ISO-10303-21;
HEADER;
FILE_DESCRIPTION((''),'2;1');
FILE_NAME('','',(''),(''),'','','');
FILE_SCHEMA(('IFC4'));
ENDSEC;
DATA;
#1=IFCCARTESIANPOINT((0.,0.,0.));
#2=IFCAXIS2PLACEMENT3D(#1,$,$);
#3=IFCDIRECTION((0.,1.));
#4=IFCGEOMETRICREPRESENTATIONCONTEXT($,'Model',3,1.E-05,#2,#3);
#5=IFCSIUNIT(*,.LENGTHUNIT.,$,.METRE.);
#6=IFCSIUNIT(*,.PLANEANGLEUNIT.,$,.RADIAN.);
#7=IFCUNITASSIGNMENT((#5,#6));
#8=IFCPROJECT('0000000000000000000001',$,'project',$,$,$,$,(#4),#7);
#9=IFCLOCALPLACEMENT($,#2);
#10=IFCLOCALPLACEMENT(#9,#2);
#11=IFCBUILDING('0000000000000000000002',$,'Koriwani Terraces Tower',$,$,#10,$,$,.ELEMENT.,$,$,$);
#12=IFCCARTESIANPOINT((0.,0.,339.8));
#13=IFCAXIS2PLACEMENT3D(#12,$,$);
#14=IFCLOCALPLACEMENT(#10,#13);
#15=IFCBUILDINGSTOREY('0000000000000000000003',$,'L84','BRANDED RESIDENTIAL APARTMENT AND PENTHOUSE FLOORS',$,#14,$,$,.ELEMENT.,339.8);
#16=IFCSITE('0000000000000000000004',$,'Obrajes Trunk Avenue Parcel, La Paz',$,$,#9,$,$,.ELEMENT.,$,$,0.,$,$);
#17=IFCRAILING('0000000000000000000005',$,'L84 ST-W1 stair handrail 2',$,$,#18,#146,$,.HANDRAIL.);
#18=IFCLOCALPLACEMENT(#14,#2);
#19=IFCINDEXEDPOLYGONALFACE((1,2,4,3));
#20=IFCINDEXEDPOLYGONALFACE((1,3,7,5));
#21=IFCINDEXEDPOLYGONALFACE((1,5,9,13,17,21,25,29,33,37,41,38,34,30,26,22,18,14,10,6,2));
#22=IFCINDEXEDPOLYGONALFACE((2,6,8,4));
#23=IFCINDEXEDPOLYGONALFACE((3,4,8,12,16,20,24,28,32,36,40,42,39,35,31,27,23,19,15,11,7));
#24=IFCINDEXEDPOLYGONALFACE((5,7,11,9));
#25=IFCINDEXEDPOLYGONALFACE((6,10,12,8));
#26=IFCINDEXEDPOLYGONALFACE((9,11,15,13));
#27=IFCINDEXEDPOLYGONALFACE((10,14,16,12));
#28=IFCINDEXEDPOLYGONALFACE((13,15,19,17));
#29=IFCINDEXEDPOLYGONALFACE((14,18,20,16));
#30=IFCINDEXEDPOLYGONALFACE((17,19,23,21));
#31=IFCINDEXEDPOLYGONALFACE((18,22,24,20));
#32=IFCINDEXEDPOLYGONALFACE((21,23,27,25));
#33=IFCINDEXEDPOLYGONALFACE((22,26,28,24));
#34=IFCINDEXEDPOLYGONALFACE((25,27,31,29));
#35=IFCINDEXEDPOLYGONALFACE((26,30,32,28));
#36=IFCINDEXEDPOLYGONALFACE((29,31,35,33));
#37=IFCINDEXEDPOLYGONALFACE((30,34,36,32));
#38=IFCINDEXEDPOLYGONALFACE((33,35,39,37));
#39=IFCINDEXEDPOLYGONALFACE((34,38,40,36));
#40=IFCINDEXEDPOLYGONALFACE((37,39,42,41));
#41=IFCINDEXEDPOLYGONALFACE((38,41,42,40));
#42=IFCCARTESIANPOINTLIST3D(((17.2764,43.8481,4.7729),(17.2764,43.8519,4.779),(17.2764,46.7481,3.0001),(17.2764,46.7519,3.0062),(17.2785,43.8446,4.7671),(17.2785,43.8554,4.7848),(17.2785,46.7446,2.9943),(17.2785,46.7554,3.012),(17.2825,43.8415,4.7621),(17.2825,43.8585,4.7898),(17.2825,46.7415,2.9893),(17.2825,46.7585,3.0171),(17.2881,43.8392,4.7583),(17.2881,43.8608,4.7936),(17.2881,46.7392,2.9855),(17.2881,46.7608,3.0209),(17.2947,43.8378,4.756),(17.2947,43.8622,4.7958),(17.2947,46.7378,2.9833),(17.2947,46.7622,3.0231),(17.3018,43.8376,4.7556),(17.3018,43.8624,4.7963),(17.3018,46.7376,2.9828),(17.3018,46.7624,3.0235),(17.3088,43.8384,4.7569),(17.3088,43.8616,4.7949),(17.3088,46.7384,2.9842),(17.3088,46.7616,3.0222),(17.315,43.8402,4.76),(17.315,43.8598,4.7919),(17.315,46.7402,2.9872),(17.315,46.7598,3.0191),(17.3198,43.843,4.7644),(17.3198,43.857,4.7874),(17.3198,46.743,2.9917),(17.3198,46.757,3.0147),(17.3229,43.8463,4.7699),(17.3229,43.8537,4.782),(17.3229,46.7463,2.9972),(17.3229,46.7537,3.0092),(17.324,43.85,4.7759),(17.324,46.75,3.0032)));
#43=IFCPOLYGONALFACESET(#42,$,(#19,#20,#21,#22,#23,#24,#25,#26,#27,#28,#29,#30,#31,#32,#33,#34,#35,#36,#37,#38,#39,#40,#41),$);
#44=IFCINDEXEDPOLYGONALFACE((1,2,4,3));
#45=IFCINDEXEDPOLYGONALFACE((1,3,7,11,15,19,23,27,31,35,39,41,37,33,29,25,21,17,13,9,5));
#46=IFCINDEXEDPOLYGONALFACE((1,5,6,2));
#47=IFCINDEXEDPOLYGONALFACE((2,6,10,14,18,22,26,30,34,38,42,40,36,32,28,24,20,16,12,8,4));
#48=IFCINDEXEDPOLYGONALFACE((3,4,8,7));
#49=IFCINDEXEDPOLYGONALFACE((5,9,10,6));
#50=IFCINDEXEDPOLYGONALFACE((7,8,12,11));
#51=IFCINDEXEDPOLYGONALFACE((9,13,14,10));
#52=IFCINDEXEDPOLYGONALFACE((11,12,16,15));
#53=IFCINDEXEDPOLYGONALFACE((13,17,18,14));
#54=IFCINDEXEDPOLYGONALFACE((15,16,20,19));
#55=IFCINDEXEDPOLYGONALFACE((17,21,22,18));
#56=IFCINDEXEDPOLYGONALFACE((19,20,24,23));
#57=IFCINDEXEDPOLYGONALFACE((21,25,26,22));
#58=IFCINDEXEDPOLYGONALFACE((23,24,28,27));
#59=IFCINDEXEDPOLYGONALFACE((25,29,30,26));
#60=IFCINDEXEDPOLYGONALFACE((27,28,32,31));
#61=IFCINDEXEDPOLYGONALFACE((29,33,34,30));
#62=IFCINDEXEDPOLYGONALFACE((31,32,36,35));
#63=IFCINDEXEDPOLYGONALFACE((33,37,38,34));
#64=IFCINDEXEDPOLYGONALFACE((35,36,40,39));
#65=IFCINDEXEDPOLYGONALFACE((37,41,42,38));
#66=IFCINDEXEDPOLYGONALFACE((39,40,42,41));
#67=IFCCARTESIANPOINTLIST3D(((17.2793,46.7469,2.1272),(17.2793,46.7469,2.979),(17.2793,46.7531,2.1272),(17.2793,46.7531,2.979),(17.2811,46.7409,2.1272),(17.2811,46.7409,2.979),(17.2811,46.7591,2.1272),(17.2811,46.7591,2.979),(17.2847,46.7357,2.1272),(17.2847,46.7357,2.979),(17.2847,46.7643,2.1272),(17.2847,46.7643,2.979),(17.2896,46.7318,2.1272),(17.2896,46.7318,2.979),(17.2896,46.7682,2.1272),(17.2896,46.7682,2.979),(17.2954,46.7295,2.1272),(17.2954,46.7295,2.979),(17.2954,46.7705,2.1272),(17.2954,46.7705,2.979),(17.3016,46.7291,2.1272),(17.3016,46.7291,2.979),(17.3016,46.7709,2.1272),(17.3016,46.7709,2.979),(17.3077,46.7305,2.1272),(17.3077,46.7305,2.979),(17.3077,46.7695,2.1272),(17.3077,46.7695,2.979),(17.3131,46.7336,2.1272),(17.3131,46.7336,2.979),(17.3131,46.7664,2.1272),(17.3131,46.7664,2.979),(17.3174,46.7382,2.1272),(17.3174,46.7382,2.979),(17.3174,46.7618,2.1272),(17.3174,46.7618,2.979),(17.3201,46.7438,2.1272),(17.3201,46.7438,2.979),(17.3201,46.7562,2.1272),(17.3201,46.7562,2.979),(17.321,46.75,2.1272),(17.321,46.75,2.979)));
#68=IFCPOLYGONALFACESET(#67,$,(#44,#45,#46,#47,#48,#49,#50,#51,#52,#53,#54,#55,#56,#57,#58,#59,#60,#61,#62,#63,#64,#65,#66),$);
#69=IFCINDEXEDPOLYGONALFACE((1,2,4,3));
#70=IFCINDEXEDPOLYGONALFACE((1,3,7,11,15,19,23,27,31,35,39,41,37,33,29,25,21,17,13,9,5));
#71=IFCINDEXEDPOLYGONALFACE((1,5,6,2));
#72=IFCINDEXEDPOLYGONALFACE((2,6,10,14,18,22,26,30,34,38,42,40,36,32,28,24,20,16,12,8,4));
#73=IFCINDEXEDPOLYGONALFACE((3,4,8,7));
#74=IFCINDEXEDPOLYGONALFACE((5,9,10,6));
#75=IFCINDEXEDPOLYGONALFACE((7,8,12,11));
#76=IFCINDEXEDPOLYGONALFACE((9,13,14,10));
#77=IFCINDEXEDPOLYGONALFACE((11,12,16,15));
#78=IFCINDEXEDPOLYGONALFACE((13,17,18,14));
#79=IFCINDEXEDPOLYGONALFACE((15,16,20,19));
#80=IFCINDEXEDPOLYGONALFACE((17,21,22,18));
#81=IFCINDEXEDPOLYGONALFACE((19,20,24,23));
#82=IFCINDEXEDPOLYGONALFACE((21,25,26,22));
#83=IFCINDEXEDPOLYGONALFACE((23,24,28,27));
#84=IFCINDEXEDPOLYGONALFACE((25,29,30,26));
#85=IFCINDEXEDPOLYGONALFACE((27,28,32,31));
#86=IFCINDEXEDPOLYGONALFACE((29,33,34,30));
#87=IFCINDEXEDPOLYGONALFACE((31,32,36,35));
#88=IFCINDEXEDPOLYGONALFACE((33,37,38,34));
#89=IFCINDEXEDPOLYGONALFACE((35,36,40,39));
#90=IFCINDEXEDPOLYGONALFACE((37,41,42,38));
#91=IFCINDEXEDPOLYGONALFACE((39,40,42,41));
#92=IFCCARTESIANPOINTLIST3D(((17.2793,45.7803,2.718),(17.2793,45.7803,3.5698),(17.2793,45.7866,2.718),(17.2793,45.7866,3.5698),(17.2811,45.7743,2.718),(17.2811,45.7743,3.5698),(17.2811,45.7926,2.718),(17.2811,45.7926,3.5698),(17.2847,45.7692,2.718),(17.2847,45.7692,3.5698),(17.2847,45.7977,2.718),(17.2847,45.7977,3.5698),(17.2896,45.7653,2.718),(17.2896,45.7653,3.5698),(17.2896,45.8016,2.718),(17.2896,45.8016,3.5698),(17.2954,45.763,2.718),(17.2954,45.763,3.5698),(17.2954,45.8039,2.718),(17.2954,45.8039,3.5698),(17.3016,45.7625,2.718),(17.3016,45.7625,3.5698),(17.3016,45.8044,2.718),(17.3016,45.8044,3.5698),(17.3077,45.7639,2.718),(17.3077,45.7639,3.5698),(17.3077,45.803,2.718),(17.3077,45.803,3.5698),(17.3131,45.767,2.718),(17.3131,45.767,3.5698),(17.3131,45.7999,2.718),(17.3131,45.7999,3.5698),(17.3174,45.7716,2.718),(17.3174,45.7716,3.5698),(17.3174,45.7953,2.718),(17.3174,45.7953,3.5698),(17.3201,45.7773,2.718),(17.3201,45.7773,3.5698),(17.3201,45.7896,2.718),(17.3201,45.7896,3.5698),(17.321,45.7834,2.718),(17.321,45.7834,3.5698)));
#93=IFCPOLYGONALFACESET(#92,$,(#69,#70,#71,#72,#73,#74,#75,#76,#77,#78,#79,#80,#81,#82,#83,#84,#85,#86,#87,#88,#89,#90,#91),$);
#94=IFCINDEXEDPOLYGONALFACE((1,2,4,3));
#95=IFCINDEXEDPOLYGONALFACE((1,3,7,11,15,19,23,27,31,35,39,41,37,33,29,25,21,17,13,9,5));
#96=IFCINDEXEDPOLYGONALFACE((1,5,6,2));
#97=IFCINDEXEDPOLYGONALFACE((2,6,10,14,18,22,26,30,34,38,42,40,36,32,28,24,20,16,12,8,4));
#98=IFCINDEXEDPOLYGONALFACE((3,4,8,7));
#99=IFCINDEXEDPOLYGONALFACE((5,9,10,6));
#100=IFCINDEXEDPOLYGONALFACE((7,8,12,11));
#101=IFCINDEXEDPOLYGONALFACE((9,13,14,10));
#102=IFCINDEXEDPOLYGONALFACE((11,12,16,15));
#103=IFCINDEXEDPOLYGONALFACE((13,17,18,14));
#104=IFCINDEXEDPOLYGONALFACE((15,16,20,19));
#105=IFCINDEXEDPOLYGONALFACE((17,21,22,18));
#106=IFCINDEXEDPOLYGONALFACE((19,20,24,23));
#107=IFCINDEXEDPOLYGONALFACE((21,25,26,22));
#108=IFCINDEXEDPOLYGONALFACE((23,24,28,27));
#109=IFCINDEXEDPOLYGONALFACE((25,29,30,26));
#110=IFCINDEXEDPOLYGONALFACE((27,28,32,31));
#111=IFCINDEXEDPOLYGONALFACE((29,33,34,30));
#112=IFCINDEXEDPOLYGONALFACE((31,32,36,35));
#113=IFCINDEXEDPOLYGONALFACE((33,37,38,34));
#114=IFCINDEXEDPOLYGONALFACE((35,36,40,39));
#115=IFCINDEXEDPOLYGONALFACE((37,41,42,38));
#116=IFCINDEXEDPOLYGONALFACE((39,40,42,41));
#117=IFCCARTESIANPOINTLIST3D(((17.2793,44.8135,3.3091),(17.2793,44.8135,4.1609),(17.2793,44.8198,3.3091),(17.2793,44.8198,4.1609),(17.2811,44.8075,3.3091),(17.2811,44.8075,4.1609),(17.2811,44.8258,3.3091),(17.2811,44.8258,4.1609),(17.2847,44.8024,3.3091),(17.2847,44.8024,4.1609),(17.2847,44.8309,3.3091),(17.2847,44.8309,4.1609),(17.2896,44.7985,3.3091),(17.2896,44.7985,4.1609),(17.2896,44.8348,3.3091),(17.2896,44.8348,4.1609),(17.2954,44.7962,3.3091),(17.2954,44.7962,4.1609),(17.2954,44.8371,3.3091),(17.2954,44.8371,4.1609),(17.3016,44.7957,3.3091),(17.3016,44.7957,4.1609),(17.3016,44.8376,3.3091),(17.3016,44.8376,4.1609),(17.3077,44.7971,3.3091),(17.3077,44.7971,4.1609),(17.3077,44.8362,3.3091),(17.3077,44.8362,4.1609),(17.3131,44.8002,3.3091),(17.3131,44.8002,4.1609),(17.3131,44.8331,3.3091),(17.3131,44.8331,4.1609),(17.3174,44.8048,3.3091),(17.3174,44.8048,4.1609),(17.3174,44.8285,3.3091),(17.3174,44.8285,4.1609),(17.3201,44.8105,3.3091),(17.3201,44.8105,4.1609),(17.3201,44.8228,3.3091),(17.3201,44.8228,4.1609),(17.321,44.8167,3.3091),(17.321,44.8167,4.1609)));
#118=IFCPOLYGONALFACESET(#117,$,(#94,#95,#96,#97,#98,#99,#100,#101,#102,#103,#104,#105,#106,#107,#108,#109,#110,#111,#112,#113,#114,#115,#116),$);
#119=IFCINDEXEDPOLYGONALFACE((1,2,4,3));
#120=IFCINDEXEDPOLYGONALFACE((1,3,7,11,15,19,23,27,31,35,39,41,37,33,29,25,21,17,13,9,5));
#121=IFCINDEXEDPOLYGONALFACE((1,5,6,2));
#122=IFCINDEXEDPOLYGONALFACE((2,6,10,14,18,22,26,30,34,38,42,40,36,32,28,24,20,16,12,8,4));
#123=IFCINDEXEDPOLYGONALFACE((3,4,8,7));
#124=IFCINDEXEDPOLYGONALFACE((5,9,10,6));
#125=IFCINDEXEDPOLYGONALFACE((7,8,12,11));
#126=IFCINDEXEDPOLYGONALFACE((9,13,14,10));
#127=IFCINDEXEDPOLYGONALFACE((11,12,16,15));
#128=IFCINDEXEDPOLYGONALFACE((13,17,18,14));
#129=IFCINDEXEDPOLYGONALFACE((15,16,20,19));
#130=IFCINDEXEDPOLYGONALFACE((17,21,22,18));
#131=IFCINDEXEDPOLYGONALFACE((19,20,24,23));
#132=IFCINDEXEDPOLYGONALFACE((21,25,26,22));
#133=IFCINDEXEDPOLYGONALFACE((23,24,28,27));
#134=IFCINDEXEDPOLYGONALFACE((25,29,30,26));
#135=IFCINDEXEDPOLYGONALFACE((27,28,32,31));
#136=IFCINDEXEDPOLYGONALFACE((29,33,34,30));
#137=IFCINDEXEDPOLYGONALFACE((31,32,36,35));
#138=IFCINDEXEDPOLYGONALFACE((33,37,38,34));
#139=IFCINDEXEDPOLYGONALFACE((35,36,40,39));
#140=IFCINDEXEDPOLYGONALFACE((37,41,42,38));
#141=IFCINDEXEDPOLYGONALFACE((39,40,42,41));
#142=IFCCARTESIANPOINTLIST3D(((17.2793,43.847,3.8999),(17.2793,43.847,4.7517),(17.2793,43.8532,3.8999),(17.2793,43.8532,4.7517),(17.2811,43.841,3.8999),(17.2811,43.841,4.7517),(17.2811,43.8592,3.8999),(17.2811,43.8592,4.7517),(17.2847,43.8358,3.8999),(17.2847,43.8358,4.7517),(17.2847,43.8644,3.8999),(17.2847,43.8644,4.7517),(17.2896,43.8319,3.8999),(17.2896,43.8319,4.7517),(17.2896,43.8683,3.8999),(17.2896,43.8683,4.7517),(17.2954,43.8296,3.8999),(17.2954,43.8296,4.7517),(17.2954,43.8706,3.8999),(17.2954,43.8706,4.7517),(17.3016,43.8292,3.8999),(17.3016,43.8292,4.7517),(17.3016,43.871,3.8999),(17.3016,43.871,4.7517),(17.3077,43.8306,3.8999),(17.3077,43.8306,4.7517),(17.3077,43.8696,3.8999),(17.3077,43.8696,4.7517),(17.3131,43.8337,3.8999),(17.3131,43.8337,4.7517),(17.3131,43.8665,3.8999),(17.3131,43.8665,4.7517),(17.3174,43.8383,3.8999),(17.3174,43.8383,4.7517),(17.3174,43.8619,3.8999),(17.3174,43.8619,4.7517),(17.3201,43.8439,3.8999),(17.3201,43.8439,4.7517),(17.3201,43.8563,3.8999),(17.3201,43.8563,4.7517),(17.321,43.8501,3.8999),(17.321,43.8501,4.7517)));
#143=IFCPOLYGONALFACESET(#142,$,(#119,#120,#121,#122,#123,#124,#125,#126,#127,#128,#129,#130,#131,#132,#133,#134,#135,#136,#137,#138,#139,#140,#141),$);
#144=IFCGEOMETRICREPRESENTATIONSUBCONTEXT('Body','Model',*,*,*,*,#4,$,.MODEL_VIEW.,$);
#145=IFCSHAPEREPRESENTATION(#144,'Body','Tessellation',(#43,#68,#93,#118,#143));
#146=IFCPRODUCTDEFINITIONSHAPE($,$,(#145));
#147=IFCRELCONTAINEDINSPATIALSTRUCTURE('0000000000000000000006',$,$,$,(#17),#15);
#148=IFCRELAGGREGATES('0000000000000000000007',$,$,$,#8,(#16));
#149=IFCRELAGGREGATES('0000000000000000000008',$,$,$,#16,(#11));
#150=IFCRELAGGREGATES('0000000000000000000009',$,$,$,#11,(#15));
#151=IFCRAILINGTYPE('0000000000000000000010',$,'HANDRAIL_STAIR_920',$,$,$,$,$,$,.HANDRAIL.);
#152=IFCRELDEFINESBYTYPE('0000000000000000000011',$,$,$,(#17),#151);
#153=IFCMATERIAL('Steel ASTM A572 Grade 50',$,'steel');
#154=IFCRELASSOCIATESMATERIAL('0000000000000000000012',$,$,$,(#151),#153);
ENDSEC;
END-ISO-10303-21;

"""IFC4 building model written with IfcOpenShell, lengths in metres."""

from ifc_helpers import new_model, si_unit, direction, frame, origin, origin_2d, place, context, subcontext, project, spatial, circle, extrude, material, type_object, element, save


model = new_model("IFC4")

# Units and contexts
model_context = context("Model", 3, precision=1e-05, world=origin(), true_north=direction((0.0, 1.0)))
body_context = subcontext(model_context, "Body", "Model", "MODEL_VIEW")
ifc_project = project(units=[si_unit("LENGTHUNIT", "METRE"), si_unit("PLANEANGLEUNIT", "RADIAN")], contexts=[model_context])

# Site, building, storey
site_placement = place(None, origin())
site = spatial("IfcSite", under=ifc_project, at=site_placement, Name="Obrajes Trunk Avenue Parcel, La Paz", CompositionType="ELEMENT", RefElevation=0.0)
building_placement = place(site_placement, origin())
building = spatial("IfcBuilding", under=site, at=building_placement, Name="Koriwani Terraces Tower", CompositionType="ELEMENT")
storey_placement = place(building_placement, frame((0.0, 0.0, 339.8)))
storey = spatial("IfcBuildingStorey", under=building, at=storey_placement, Name="L84", Description="BRANDED RESIDENTIAL APARTMENT AND PENTHOUSE FLOORS", CompositionType="ELEMENT", Elevation=339.8)

# Shared definitions
ifc_material_1 = material(Name="Steel ASTM A572 Grade 50", Category="steel")

# Railing
railing_type_1 = type_object("IfcRailingType", Name="HANDRAIL_STAIR_920", PredefinedType="HANDRAIL", material=ifc_material_1)
railing_1_placement = place(storey_placement, frame((17.3, 46.75, 2.1272)))
element("IfcRailing", 1, at=railing_1_placement, inside=storey, type_object=railing_type_1, Name="L84 ST-W1 stair handrail 2", PredefinedType="HANDRAIL", context=body_context, shape_type="SweptSolid", body=[
    extrude(circle(Radius=0.0239, at=origin_2d()), frame((0.0, 0.0, 0.876), z_axis=(0.0, -0.853211, 0.521566), x_axis=(1.0, 0.0, 0.0)), (0.0, 0.0, 1.0), 3.3989),
    extrude(circle(Radius=0.021, at=origin_2d()), origin(), (0.0, 0.0, 1.0), 0.8518),
    extrude(circle(Radius=0.021, at=origin_2d()), frame((0.0, -0.9666, 0.5908)), (0.0, 0.0, 1.0), 0.8518),
    extrude(circle(Radius=0.021, at=origin_2d()), frame((0.0, -1.9333, 1.1819)), (0.0, 0.0, 1.0), 0.8518),
    extrude(circle(Radius=0.021, at=origin_2d()), frame((0.0, -2.8999, 1.7727)), (0.0, 0.0, 1.0), 0.8518),
])

save(model, "model.ifc")
